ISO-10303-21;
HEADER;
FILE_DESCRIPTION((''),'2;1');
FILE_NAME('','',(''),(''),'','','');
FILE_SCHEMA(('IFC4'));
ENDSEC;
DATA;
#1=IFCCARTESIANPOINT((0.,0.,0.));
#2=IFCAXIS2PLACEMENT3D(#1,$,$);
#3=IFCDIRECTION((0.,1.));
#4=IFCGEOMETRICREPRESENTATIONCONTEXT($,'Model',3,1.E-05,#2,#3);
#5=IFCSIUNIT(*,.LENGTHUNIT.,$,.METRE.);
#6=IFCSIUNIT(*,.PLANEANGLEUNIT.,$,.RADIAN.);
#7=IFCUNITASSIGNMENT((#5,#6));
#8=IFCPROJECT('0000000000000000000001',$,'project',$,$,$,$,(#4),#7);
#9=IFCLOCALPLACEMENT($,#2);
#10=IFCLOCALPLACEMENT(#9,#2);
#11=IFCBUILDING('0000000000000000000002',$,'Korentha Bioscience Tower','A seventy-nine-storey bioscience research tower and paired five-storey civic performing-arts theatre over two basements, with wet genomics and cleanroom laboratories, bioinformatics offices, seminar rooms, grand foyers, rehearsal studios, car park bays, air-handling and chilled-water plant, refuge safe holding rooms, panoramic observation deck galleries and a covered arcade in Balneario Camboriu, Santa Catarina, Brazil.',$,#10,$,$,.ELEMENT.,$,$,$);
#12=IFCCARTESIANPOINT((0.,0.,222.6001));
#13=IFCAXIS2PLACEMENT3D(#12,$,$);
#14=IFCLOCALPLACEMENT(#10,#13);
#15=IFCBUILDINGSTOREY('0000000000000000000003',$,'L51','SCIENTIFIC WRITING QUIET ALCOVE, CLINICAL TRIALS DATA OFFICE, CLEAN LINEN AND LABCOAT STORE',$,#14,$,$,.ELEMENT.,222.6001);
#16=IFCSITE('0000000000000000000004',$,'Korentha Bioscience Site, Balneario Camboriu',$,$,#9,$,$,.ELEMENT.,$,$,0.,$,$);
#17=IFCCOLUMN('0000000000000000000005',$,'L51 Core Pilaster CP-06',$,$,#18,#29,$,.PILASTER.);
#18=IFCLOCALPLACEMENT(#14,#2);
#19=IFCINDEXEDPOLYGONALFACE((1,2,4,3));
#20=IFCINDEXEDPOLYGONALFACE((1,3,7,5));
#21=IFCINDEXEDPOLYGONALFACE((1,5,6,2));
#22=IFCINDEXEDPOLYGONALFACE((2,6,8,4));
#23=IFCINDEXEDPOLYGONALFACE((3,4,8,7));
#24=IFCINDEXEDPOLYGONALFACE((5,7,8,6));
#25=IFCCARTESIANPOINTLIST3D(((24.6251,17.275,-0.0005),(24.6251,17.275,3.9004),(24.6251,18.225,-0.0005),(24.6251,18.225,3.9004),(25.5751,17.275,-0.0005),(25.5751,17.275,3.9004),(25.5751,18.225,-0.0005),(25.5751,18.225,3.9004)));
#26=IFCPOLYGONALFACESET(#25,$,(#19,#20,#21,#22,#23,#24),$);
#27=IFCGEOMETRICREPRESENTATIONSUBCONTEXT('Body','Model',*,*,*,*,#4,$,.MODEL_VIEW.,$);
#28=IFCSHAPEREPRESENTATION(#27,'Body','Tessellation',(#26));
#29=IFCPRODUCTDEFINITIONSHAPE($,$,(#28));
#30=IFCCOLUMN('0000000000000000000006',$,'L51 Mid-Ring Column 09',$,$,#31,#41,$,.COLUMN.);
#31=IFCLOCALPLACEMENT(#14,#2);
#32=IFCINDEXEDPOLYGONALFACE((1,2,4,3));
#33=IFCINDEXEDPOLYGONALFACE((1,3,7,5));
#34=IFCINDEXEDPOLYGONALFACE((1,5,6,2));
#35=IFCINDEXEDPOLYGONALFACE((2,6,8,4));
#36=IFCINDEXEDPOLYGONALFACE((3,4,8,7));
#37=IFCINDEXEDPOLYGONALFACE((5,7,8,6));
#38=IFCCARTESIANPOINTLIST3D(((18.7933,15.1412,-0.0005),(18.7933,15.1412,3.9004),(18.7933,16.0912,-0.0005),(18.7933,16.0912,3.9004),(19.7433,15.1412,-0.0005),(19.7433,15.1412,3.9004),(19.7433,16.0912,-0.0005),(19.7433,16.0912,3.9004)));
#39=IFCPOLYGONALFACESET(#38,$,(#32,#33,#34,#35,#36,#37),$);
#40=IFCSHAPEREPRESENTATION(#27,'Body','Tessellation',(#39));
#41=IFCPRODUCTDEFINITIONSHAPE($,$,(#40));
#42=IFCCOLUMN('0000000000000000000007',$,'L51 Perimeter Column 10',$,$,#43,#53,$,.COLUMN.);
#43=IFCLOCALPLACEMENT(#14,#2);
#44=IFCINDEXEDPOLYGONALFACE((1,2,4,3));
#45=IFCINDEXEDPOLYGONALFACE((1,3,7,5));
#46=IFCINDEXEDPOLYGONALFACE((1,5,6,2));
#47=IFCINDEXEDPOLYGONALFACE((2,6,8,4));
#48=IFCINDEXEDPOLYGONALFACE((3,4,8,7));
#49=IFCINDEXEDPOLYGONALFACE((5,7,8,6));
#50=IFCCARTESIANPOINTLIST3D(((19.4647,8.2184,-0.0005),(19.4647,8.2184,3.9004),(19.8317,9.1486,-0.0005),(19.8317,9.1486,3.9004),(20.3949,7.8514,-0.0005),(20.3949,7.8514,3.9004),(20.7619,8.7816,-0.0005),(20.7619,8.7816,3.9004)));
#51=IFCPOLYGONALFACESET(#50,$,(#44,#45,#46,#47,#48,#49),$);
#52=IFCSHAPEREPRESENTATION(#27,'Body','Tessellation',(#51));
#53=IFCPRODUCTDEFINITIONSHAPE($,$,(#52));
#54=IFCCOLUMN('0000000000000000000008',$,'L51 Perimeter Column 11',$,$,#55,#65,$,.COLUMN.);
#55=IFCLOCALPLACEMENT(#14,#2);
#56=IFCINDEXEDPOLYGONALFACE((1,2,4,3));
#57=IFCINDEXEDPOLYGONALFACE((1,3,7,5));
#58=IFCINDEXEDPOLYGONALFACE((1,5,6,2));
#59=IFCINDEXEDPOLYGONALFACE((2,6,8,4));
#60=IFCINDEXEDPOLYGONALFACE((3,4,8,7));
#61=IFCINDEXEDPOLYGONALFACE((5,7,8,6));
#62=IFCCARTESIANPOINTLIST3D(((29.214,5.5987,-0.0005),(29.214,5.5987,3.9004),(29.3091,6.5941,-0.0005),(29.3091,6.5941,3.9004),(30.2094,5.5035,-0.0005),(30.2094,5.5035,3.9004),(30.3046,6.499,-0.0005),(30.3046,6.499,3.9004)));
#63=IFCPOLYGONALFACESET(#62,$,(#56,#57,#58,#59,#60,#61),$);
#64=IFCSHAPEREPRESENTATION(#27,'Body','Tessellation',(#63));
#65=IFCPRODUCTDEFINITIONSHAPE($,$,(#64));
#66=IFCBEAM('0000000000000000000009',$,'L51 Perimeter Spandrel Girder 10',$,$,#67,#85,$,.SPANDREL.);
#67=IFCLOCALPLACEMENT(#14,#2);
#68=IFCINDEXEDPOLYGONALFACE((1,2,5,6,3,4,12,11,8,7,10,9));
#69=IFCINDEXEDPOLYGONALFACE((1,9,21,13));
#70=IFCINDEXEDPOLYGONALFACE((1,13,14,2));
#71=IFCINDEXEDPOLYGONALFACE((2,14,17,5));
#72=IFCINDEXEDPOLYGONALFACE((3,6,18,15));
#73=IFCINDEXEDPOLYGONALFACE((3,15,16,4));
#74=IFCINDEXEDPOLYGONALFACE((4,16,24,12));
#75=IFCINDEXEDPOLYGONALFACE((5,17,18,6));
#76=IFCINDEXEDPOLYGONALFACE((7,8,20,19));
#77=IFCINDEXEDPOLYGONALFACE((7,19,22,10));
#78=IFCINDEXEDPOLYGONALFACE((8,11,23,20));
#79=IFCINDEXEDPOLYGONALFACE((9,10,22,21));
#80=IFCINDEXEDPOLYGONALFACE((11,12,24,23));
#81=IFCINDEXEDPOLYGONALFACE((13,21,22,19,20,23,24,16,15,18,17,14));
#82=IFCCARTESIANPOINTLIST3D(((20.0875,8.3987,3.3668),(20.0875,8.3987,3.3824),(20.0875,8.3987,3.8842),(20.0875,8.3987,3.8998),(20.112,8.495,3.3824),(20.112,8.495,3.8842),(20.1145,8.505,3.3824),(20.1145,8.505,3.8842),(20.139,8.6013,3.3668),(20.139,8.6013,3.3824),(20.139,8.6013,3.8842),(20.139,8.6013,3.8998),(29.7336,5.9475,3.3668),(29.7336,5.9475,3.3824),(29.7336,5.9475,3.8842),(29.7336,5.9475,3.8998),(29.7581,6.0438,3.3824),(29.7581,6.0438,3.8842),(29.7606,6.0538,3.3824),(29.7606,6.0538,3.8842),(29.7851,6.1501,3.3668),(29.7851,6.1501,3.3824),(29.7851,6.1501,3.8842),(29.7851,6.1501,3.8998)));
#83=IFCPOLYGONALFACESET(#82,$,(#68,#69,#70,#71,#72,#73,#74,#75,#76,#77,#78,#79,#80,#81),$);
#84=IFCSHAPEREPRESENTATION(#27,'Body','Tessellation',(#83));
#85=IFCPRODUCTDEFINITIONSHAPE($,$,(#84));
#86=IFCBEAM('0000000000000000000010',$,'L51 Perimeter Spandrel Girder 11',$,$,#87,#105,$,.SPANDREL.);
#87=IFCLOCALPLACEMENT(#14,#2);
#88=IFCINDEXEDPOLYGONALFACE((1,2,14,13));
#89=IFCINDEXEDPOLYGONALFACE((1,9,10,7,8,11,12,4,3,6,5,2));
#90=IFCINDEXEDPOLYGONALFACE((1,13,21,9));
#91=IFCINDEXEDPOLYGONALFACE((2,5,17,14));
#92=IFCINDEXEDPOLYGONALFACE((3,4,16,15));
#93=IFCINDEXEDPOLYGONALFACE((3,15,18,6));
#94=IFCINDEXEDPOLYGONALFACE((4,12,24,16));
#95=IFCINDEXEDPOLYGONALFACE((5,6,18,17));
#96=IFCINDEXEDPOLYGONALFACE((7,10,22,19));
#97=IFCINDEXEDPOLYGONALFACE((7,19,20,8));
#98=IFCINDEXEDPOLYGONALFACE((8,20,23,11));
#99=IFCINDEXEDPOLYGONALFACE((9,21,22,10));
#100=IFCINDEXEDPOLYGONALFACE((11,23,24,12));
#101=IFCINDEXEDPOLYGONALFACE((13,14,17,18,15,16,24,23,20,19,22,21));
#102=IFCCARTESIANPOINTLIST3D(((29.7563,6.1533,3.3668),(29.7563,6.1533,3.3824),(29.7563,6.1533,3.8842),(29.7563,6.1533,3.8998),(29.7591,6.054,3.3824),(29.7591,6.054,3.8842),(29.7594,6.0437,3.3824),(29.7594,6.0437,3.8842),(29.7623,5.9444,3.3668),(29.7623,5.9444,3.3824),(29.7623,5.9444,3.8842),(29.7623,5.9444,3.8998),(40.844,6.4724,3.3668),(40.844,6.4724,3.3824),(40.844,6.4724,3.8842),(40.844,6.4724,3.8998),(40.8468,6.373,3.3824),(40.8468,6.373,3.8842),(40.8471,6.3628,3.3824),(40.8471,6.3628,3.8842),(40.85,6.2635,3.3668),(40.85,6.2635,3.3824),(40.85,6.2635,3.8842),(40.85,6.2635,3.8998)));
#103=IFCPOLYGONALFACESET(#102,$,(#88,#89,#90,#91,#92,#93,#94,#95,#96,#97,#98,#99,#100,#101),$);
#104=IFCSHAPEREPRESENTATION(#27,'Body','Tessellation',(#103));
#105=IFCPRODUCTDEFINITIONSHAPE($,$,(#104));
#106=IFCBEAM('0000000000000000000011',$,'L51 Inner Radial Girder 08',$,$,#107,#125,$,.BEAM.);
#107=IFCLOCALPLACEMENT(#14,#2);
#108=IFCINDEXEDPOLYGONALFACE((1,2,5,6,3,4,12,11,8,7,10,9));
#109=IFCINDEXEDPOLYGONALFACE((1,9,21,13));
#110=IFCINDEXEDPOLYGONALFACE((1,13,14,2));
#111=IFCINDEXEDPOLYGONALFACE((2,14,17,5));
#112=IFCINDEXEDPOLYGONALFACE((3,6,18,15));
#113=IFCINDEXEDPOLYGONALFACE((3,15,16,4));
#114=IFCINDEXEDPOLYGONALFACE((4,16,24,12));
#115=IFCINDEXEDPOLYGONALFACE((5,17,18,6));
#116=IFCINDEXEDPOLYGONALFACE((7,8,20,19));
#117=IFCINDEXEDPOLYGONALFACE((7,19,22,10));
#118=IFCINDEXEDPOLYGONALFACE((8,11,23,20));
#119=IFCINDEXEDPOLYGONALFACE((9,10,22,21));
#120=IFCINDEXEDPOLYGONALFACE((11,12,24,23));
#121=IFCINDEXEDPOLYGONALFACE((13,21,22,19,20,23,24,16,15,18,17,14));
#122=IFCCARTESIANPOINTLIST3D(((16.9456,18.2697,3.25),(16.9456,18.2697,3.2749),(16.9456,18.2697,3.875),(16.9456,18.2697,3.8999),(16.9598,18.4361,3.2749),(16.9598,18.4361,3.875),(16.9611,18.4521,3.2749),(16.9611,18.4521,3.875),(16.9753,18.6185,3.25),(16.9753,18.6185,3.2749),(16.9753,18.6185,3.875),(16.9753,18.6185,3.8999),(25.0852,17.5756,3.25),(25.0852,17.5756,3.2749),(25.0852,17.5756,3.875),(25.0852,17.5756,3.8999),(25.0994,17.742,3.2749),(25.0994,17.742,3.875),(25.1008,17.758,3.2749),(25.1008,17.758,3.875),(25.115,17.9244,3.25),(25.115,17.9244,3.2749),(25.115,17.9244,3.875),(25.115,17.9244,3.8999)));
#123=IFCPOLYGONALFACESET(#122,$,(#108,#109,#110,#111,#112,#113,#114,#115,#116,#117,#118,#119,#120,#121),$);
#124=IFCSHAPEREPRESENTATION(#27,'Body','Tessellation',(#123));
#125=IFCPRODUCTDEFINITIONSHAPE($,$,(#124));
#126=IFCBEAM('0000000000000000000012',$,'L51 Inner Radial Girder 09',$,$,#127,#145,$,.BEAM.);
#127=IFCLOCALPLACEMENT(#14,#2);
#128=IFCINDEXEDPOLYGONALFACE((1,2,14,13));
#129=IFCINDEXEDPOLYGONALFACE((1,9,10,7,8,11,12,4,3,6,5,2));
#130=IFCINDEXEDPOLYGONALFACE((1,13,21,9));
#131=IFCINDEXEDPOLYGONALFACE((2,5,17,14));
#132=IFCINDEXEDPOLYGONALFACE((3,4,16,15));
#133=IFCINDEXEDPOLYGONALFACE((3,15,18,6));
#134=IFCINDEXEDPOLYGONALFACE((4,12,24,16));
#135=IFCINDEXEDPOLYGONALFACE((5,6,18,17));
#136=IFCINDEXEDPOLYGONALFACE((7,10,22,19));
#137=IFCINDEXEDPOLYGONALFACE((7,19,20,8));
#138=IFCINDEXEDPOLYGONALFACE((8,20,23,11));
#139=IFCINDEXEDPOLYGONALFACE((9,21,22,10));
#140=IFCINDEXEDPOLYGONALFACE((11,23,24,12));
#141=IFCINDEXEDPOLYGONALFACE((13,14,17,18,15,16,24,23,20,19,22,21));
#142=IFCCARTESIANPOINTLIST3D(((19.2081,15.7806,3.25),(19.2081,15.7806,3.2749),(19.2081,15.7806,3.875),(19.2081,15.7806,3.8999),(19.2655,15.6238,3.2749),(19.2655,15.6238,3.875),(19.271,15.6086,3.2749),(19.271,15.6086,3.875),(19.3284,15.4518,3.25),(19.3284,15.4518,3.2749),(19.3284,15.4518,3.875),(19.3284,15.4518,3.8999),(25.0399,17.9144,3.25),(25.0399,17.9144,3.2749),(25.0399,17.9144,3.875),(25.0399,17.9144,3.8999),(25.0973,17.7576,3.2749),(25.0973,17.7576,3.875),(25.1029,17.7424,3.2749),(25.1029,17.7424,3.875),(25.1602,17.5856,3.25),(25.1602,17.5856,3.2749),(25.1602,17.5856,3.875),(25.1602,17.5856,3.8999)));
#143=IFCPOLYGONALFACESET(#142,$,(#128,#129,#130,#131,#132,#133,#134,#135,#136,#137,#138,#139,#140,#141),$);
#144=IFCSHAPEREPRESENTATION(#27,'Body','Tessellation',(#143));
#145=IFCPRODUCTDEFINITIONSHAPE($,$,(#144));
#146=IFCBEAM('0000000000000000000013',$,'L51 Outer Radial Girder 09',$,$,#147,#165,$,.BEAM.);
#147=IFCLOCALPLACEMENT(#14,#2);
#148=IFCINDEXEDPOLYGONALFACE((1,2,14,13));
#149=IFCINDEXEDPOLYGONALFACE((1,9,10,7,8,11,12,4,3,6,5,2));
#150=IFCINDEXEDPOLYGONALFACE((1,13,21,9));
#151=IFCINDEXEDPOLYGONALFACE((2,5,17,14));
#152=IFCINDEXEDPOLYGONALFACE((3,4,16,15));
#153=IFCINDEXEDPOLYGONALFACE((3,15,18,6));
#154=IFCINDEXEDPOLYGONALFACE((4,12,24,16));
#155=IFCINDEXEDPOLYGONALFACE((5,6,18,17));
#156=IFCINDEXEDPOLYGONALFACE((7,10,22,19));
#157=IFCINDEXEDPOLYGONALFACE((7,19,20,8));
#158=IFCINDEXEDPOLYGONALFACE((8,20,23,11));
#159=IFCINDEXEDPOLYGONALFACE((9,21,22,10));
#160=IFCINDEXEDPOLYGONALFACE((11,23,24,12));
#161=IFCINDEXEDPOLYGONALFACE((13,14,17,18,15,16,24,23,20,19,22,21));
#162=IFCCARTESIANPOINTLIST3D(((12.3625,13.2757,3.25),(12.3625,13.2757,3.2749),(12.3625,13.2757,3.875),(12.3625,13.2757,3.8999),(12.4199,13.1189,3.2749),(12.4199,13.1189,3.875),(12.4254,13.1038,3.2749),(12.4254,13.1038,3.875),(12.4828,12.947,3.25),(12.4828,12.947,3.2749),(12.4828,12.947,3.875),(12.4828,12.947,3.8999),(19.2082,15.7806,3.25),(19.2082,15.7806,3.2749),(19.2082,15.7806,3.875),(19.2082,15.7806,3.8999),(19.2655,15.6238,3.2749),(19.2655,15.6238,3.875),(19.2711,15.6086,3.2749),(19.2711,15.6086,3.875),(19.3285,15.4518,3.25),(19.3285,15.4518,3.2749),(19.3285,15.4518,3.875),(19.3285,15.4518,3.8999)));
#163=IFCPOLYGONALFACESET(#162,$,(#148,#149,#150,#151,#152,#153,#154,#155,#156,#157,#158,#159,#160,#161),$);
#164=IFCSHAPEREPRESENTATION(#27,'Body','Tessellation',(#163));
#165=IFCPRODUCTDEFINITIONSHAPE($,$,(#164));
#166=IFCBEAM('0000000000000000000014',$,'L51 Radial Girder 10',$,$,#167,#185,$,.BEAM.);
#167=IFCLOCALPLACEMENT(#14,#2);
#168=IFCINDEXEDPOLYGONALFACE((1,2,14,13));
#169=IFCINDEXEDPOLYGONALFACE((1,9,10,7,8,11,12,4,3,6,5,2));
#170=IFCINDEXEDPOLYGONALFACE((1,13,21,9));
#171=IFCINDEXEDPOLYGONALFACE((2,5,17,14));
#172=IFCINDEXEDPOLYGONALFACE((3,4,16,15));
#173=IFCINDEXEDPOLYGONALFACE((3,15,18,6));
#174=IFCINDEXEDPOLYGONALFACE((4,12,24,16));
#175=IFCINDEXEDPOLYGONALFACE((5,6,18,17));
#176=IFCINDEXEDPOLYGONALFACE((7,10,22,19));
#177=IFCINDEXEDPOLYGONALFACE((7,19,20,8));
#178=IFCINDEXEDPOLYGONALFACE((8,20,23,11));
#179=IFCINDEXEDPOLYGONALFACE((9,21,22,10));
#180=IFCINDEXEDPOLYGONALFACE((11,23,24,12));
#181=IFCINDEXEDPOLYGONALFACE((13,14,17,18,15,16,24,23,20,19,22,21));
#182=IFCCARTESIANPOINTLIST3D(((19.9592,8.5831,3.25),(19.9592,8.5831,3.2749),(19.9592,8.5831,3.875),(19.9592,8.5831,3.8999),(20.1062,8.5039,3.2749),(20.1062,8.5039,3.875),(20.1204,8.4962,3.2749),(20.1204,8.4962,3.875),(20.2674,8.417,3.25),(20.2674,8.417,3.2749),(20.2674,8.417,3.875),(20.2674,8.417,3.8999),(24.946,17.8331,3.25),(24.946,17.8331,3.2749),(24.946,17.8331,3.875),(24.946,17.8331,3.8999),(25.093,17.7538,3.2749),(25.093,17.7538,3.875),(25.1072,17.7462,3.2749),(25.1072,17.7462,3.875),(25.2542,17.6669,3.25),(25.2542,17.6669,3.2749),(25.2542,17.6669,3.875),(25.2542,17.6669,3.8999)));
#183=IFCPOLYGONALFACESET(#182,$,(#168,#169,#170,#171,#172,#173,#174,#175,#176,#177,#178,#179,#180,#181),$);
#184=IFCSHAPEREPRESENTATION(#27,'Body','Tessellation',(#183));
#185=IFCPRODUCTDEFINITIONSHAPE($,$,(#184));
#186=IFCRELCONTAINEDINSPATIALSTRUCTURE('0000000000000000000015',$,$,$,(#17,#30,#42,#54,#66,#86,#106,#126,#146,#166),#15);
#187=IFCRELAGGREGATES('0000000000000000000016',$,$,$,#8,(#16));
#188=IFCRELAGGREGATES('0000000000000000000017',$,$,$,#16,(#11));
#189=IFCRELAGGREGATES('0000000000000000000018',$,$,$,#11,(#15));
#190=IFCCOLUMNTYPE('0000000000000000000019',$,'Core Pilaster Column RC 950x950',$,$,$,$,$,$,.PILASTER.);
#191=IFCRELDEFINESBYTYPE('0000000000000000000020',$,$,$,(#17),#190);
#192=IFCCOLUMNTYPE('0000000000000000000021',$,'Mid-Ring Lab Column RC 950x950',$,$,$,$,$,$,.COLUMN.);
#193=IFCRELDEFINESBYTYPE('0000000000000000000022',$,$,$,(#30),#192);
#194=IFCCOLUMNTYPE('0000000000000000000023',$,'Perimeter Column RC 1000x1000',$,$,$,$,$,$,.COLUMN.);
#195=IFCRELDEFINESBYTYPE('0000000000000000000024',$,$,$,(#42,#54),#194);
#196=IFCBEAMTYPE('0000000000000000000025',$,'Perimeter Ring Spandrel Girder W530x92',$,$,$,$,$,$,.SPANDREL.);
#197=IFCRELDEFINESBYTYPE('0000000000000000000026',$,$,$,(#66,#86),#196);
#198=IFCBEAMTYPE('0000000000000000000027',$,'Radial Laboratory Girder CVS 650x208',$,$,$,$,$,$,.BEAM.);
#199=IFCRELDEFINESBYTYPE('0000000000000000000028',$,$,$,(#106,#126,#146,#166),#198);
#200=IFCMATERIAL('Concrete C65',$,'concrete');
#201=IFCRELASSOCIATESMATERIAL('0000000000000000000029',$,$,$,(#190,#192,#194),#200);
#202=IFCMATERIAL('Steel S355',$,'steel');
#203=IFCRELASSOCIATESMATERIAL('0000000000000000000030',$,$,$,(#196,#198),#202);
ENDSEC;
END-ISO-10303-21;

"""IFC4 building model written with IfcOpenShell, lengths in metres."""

from ifc_helpers import new_model, si_unit, direction, frame, origin, origin_2d, place, context, subcontext, project, spatial, rectangle, i_section, extrude, material, material_profile, profile_set, type_object, element, save


model = new_model("IFC4")

# Units and contexts
model_context = context("Model", 3, precision=1e-05, world=origin(), true_north=direction((0.0, 1.0)))
body_context = subcontext(model_context, "Body", "Model", "MODEL_VIEW")
ifc_project = project(units=[si_unit("LENGTHUNIT", "METRE"), si_unit("PLANEANGLEUNIT", "RADIAN")], contexts=[model_context])

# Site, building, storey
site_placement = place(None, origin())
site = spatial("IfcSite", under=ifc_project, at=site_placement, Name="Korentha Bioscience Site, Balneario Camboriu", CompositionType="ELEMENT", RefElevation=0.0)
building_placement = place(site_placement, origin())
building = spatial("IfcBuilding", under=site, at=building_placement, Name="Korentha Bioscience Tower", Description="A seventy-nine-storey bioscience research tower and paired five-storey civic performing-arts theatre over two basements, with wet genomics and cleanroom laboratories, bioinformatics offices, seminar rooms, grand foyers, rehearsal studios, car park bays, air-handling and chilled-water plant, refuge safe holding rooms, panoramic observation deck galleries and a covered arcade in Balneario Camboriu, Santa Catarina, Brazil.", CompositionType="ELEMENT")
storey_placement = place(building_placement, frame((0.0, 0.0, 222.6001)))
storey = spatial("IfcBuildingStorey", under=building, at=storey_placement, Name="L51", Description="SCIENTIFIC WRITING QUIET ALCOVE, CLINICAL TRIALS DATA OFFICE, CLEAN LINEN AND LABCOAT STORE", CompositionType="ELEMENT", Elevation=222.6001)

# Columns
ifc_material_1 = material(Name="Concrete C65", Category="concrete")
ifc_material_profile_1 = material_profile(ifc_material_1, rectangle(XDim=0.95, YDim=0.95, at=origin_2d()), Name="Concrete C65")
ifc_profile_set_1 = profile_set([ifc_material_profile_1], Name="Concrete C65 (COL-CP09)")
column_type_1 = type_object("IfcColumnType", Name="Core Pilaster Column RC 950x950", PredefinedType="PILASTER", material=ifc_profile_set_1)
column_1_placement = place(storey_placement, frame((25.1001, 17.75, -0.0005), z_axis=(0.0, 0.0, 1.0), x_axis=(1.0, 0.0, 0.0)))
element("IfcColumn", 1, at=column_1_placement, inside=storey, type_object=column_type_1, Name="L51 Core Pilaster CP-06", PredefinedType="PILASTER", context=body_context, shape_type="SweptSolid", body=[
    extrude(rectangle(XDim=0.95, YDim=0.95, at=origin_2d()), origin(), (0.0, 0.0, 1.0), 3.9009),
])
ifc_material_profile_2 = material_profile(ifc_material_1, rectangle(XDim=0.95, YDim=0.95, at=origin_2d()), Name="Concrete C65")
ifc_profile_set_2 = profile_set([ifc_material_profile_2], Name="Concrete C65 (COL-MR09)")
column_type_2 = type_object("IfcColumnType", Name="Mid-Ring Lab Column RC 950x950", PredefinedType="COLUMN", material=ifc_profile_set_2)
column_2_placement = place(storey_placement, frame((19.2683, 15.6162, -0.0005), z_axis=(0.0, 0.0, 1.0), x_axis=(1.0, 0.0, 0.0)))
element("IfcColumn", 2, at=column_2_placement, inside=storey, type_object=column_type_2, Name="L51 Mid-Ring Column 09", PredefinedType="COLUMN", context=body_context, shape_type="SweptSolid", body=[
    extrude(rectangle(XDim=0.95, YDim=0.95, at=origin_2d()), origin(), (0.0, 0.0, 1.0), 3.9009),
])
ifc_material_profile_3 = material_profile(ifc_material_1, rectangle(XDim=1.0, YDim=1.0, at=origin_2d()), Name="Concrete C65")
ifc_profile_set_3 = profile_set([ifc_material_profile_3], Name="Concrete C65 (COL-P10)")
column_type_3 = type_object("IfcColumnType", Name="Perimeter Column RC 1000x1000", PredefinedType="COLUMN", material=ifc_profile_set_3)
for number, where, z_axis, x_axis, name in (
    (3, (20.1133, 8.5, -0.0005), (0.0, 0.0, 1.0), (-0.930226, 0.366988, 0.0), "L51 Perimeter Column 10"),
    (4, (29.7593, 6.0488, -0.0005), (0.0, 0.0, 1.0), (-0.995463, 0.095151, 0.0), "L51 Perimeter Column 11"),
):
    element("IfcColumn", number, at=place(storey_placement, frame(where, z_axis=z_axis, x_axis=x_axis)), inside=storey, type_object=column_type_3, Name=name, PredefinedType="COLUMN", context=body_context, shape_type="SweptSolid", body=[
        extrude(rectangle(XDim=1.0, YDim=1.0, at=origin_2d()), origin(), (0.0, 0.0, 1.0), 3.9009),
    ])

# Beams
ifc_material_2 = material(Name="Steel S355", Category="steel")
ifc_material_profile_4 = material_profile(ifc_material_2, i_section(OverallWidth=0.209, OverallDepth=0.533, WebThickness=0.0103, FlangeThickness=0.0156, at=origin_2d()), Name="Steel S355")
ifc_profile_set_4 = profile_set([ifc_material_profile_4], Name="Steel S355 (SB-530)")
beam_type_1 = type_object("IfcBeamType", Name="Perimeter Ring Spandrel Girder W530x92", PredefinedType="SPANDREL", material=ifc_profile_set_4)
beam_1_placement = place(storey_placement, frame((20.1133, 8.5, 3.6333), z_axis=(0.969197, -0.246286, 0.0), x_axis=(0.246286, 0.969197, 0.0)))
element("IfcBeam", 5, at=beam_1_placement, inside=storey, type_object=beam_type_1, Name="L51 Perimeter Spandrel Girder 10", PredefinedType="SPANDREL", context=body_context, shape_type="SweptSolid", body=[
    extrude(i_section(OverallWidth=0.209, OverallDepth=0.533, WebThickness=0.0103, FlangeThickness=0.0156, at=origin_2d()), origin(), (0.0, 0.0, 1.0), 9.9526),
])
beam_2_placement = place(storey_placement, frame((29.7593, 6.0488, 3.6333), z_axis=(0.999586, 0.028767, 0.0), x_axis=(-0.028767, 0.999586, 0.0)))
element("IfcBeam", 6, at=beam_2_placement, inside=storey, type_object=beam_type_1, Name="L51 Perimeter Spandrel Girder 11", PredefinedType="SPANDREL", context=body_context, shape_type="SweptSolid", body=[
    extrude(i_section(OverallWidth=0.209, OverallDepth=0.533, WebThickness=0.0103, FlangeThickness=0.0156, at=origin_2d()), origin(), (0.0, 0.0, 1.0), 11.0923),
])
ifc_material_profile_5 = material_profile(ifc_material_2, i_section(OverallWidth=0.3501, OverallDepth=0.6499, WebThickness=0.0161, FlangeThickness=0.0249, at=origin_2d()), Name="Steel S355")
ifc_profile_set_5 = profile_set([ifc_material_profile_5], Name="Steel S355 (RB-650)")
beam_type_2 = type_object("IfcBeamType", Name="Radial Laboratory Girder CVS 650x208", PredefinedType="BEAM", material=ifc_profile_set_5)
beam_3_placement = place(storey_placement, frame((25.1001, 17.75, 3.575), z_axis=(-0.996384, 0.084965, 0.0), x_axis=(-0.084965, -0.996384, 0.0)))
element("IfcBeam", 7, at=beam_3_placement, inside=storey, type_object=beam_type_2, Name="L51 Inner Radial Girder 08", PredefinedType="BEAM", context=body_context, shape_type="SweptSolid", body=[
    extrude(i_section(OverallWidth=0.3501, OverallDepth=0.6499, WebThickness=0.0161, FlangeThickness=0.0249, at=origin_2d()), origin(), (0.0, 0.0, 1.0), 8.1692),
])
beam_4_placement = place(storey_placement, frame((25.1001, 17.75, 3.575), z_axis=(-0.939112, -0.343611, 0.0), x_axis=(0.343611, -0.939112, 0.0)))
element("IfcBeam", 8, at=beam_4_placement, inside=storey, type_object=beam_type_2, Name="L51 Inner Radial Girder 09", PredefinedType="BEAM", context=body_context, shape_type="SweptSolid", body=[
    extrude(i_section(OverallWidth=0.3501, OverallDepth=0.6499, WebThickness=0.0161, FlangeThickness=0.0249, at=origin_2d()), origin(), (0.0, 0.0, 1.0), 6.21),
])
beam_5_placement = place(storey_placement, frame((19.2683, 15.6162, 3.575), z_axis=(-0.939107, -0.343625, 0.0), x_axis=(0.343625, -0.939107, 0.0)))
element("IfcBeam", 9, at=beam_5_placement, inside=storey, type_object=beam_type_2, Name="L51 Outer Radial Girder 09", PredefinedType="BEAM", context=body_context, shape_type="SweptSolid", body=[
    extrude(i_section(OverallWidth=0.3501, OverallDepth=0.6499, WebThickness=0.0161, FlangeThickness=0.0249, at=origin_2d()), origin(), (0.0, 0.0, 1.0), 7.2896),
])
beam_6_placement = place(storey_placement, frame((25.1001, 17.75, 3.575), z_axis=(-0.474546, -0.880231, 0.0), x_axis=(0.880231, -0.474546, 0.0)))
element("IfcBeam", 10, at=beam_6_placement, inside=storey, type_object=beam_type_2, Name="L51 Radial Girder 10", PredefinedType="BEAM", context=body_context, shape_type="SweptSolid", body=[
    extrude(i_section(OverallWidth=0.3501, OverallDepth=0.6499, WebThickness=0.0161, FlangeThickness=0.0249, at=origin_2d()), origin(), (0.0, 0.0, 1.0), 10.5085),
])

save(model, "model.ifc")
